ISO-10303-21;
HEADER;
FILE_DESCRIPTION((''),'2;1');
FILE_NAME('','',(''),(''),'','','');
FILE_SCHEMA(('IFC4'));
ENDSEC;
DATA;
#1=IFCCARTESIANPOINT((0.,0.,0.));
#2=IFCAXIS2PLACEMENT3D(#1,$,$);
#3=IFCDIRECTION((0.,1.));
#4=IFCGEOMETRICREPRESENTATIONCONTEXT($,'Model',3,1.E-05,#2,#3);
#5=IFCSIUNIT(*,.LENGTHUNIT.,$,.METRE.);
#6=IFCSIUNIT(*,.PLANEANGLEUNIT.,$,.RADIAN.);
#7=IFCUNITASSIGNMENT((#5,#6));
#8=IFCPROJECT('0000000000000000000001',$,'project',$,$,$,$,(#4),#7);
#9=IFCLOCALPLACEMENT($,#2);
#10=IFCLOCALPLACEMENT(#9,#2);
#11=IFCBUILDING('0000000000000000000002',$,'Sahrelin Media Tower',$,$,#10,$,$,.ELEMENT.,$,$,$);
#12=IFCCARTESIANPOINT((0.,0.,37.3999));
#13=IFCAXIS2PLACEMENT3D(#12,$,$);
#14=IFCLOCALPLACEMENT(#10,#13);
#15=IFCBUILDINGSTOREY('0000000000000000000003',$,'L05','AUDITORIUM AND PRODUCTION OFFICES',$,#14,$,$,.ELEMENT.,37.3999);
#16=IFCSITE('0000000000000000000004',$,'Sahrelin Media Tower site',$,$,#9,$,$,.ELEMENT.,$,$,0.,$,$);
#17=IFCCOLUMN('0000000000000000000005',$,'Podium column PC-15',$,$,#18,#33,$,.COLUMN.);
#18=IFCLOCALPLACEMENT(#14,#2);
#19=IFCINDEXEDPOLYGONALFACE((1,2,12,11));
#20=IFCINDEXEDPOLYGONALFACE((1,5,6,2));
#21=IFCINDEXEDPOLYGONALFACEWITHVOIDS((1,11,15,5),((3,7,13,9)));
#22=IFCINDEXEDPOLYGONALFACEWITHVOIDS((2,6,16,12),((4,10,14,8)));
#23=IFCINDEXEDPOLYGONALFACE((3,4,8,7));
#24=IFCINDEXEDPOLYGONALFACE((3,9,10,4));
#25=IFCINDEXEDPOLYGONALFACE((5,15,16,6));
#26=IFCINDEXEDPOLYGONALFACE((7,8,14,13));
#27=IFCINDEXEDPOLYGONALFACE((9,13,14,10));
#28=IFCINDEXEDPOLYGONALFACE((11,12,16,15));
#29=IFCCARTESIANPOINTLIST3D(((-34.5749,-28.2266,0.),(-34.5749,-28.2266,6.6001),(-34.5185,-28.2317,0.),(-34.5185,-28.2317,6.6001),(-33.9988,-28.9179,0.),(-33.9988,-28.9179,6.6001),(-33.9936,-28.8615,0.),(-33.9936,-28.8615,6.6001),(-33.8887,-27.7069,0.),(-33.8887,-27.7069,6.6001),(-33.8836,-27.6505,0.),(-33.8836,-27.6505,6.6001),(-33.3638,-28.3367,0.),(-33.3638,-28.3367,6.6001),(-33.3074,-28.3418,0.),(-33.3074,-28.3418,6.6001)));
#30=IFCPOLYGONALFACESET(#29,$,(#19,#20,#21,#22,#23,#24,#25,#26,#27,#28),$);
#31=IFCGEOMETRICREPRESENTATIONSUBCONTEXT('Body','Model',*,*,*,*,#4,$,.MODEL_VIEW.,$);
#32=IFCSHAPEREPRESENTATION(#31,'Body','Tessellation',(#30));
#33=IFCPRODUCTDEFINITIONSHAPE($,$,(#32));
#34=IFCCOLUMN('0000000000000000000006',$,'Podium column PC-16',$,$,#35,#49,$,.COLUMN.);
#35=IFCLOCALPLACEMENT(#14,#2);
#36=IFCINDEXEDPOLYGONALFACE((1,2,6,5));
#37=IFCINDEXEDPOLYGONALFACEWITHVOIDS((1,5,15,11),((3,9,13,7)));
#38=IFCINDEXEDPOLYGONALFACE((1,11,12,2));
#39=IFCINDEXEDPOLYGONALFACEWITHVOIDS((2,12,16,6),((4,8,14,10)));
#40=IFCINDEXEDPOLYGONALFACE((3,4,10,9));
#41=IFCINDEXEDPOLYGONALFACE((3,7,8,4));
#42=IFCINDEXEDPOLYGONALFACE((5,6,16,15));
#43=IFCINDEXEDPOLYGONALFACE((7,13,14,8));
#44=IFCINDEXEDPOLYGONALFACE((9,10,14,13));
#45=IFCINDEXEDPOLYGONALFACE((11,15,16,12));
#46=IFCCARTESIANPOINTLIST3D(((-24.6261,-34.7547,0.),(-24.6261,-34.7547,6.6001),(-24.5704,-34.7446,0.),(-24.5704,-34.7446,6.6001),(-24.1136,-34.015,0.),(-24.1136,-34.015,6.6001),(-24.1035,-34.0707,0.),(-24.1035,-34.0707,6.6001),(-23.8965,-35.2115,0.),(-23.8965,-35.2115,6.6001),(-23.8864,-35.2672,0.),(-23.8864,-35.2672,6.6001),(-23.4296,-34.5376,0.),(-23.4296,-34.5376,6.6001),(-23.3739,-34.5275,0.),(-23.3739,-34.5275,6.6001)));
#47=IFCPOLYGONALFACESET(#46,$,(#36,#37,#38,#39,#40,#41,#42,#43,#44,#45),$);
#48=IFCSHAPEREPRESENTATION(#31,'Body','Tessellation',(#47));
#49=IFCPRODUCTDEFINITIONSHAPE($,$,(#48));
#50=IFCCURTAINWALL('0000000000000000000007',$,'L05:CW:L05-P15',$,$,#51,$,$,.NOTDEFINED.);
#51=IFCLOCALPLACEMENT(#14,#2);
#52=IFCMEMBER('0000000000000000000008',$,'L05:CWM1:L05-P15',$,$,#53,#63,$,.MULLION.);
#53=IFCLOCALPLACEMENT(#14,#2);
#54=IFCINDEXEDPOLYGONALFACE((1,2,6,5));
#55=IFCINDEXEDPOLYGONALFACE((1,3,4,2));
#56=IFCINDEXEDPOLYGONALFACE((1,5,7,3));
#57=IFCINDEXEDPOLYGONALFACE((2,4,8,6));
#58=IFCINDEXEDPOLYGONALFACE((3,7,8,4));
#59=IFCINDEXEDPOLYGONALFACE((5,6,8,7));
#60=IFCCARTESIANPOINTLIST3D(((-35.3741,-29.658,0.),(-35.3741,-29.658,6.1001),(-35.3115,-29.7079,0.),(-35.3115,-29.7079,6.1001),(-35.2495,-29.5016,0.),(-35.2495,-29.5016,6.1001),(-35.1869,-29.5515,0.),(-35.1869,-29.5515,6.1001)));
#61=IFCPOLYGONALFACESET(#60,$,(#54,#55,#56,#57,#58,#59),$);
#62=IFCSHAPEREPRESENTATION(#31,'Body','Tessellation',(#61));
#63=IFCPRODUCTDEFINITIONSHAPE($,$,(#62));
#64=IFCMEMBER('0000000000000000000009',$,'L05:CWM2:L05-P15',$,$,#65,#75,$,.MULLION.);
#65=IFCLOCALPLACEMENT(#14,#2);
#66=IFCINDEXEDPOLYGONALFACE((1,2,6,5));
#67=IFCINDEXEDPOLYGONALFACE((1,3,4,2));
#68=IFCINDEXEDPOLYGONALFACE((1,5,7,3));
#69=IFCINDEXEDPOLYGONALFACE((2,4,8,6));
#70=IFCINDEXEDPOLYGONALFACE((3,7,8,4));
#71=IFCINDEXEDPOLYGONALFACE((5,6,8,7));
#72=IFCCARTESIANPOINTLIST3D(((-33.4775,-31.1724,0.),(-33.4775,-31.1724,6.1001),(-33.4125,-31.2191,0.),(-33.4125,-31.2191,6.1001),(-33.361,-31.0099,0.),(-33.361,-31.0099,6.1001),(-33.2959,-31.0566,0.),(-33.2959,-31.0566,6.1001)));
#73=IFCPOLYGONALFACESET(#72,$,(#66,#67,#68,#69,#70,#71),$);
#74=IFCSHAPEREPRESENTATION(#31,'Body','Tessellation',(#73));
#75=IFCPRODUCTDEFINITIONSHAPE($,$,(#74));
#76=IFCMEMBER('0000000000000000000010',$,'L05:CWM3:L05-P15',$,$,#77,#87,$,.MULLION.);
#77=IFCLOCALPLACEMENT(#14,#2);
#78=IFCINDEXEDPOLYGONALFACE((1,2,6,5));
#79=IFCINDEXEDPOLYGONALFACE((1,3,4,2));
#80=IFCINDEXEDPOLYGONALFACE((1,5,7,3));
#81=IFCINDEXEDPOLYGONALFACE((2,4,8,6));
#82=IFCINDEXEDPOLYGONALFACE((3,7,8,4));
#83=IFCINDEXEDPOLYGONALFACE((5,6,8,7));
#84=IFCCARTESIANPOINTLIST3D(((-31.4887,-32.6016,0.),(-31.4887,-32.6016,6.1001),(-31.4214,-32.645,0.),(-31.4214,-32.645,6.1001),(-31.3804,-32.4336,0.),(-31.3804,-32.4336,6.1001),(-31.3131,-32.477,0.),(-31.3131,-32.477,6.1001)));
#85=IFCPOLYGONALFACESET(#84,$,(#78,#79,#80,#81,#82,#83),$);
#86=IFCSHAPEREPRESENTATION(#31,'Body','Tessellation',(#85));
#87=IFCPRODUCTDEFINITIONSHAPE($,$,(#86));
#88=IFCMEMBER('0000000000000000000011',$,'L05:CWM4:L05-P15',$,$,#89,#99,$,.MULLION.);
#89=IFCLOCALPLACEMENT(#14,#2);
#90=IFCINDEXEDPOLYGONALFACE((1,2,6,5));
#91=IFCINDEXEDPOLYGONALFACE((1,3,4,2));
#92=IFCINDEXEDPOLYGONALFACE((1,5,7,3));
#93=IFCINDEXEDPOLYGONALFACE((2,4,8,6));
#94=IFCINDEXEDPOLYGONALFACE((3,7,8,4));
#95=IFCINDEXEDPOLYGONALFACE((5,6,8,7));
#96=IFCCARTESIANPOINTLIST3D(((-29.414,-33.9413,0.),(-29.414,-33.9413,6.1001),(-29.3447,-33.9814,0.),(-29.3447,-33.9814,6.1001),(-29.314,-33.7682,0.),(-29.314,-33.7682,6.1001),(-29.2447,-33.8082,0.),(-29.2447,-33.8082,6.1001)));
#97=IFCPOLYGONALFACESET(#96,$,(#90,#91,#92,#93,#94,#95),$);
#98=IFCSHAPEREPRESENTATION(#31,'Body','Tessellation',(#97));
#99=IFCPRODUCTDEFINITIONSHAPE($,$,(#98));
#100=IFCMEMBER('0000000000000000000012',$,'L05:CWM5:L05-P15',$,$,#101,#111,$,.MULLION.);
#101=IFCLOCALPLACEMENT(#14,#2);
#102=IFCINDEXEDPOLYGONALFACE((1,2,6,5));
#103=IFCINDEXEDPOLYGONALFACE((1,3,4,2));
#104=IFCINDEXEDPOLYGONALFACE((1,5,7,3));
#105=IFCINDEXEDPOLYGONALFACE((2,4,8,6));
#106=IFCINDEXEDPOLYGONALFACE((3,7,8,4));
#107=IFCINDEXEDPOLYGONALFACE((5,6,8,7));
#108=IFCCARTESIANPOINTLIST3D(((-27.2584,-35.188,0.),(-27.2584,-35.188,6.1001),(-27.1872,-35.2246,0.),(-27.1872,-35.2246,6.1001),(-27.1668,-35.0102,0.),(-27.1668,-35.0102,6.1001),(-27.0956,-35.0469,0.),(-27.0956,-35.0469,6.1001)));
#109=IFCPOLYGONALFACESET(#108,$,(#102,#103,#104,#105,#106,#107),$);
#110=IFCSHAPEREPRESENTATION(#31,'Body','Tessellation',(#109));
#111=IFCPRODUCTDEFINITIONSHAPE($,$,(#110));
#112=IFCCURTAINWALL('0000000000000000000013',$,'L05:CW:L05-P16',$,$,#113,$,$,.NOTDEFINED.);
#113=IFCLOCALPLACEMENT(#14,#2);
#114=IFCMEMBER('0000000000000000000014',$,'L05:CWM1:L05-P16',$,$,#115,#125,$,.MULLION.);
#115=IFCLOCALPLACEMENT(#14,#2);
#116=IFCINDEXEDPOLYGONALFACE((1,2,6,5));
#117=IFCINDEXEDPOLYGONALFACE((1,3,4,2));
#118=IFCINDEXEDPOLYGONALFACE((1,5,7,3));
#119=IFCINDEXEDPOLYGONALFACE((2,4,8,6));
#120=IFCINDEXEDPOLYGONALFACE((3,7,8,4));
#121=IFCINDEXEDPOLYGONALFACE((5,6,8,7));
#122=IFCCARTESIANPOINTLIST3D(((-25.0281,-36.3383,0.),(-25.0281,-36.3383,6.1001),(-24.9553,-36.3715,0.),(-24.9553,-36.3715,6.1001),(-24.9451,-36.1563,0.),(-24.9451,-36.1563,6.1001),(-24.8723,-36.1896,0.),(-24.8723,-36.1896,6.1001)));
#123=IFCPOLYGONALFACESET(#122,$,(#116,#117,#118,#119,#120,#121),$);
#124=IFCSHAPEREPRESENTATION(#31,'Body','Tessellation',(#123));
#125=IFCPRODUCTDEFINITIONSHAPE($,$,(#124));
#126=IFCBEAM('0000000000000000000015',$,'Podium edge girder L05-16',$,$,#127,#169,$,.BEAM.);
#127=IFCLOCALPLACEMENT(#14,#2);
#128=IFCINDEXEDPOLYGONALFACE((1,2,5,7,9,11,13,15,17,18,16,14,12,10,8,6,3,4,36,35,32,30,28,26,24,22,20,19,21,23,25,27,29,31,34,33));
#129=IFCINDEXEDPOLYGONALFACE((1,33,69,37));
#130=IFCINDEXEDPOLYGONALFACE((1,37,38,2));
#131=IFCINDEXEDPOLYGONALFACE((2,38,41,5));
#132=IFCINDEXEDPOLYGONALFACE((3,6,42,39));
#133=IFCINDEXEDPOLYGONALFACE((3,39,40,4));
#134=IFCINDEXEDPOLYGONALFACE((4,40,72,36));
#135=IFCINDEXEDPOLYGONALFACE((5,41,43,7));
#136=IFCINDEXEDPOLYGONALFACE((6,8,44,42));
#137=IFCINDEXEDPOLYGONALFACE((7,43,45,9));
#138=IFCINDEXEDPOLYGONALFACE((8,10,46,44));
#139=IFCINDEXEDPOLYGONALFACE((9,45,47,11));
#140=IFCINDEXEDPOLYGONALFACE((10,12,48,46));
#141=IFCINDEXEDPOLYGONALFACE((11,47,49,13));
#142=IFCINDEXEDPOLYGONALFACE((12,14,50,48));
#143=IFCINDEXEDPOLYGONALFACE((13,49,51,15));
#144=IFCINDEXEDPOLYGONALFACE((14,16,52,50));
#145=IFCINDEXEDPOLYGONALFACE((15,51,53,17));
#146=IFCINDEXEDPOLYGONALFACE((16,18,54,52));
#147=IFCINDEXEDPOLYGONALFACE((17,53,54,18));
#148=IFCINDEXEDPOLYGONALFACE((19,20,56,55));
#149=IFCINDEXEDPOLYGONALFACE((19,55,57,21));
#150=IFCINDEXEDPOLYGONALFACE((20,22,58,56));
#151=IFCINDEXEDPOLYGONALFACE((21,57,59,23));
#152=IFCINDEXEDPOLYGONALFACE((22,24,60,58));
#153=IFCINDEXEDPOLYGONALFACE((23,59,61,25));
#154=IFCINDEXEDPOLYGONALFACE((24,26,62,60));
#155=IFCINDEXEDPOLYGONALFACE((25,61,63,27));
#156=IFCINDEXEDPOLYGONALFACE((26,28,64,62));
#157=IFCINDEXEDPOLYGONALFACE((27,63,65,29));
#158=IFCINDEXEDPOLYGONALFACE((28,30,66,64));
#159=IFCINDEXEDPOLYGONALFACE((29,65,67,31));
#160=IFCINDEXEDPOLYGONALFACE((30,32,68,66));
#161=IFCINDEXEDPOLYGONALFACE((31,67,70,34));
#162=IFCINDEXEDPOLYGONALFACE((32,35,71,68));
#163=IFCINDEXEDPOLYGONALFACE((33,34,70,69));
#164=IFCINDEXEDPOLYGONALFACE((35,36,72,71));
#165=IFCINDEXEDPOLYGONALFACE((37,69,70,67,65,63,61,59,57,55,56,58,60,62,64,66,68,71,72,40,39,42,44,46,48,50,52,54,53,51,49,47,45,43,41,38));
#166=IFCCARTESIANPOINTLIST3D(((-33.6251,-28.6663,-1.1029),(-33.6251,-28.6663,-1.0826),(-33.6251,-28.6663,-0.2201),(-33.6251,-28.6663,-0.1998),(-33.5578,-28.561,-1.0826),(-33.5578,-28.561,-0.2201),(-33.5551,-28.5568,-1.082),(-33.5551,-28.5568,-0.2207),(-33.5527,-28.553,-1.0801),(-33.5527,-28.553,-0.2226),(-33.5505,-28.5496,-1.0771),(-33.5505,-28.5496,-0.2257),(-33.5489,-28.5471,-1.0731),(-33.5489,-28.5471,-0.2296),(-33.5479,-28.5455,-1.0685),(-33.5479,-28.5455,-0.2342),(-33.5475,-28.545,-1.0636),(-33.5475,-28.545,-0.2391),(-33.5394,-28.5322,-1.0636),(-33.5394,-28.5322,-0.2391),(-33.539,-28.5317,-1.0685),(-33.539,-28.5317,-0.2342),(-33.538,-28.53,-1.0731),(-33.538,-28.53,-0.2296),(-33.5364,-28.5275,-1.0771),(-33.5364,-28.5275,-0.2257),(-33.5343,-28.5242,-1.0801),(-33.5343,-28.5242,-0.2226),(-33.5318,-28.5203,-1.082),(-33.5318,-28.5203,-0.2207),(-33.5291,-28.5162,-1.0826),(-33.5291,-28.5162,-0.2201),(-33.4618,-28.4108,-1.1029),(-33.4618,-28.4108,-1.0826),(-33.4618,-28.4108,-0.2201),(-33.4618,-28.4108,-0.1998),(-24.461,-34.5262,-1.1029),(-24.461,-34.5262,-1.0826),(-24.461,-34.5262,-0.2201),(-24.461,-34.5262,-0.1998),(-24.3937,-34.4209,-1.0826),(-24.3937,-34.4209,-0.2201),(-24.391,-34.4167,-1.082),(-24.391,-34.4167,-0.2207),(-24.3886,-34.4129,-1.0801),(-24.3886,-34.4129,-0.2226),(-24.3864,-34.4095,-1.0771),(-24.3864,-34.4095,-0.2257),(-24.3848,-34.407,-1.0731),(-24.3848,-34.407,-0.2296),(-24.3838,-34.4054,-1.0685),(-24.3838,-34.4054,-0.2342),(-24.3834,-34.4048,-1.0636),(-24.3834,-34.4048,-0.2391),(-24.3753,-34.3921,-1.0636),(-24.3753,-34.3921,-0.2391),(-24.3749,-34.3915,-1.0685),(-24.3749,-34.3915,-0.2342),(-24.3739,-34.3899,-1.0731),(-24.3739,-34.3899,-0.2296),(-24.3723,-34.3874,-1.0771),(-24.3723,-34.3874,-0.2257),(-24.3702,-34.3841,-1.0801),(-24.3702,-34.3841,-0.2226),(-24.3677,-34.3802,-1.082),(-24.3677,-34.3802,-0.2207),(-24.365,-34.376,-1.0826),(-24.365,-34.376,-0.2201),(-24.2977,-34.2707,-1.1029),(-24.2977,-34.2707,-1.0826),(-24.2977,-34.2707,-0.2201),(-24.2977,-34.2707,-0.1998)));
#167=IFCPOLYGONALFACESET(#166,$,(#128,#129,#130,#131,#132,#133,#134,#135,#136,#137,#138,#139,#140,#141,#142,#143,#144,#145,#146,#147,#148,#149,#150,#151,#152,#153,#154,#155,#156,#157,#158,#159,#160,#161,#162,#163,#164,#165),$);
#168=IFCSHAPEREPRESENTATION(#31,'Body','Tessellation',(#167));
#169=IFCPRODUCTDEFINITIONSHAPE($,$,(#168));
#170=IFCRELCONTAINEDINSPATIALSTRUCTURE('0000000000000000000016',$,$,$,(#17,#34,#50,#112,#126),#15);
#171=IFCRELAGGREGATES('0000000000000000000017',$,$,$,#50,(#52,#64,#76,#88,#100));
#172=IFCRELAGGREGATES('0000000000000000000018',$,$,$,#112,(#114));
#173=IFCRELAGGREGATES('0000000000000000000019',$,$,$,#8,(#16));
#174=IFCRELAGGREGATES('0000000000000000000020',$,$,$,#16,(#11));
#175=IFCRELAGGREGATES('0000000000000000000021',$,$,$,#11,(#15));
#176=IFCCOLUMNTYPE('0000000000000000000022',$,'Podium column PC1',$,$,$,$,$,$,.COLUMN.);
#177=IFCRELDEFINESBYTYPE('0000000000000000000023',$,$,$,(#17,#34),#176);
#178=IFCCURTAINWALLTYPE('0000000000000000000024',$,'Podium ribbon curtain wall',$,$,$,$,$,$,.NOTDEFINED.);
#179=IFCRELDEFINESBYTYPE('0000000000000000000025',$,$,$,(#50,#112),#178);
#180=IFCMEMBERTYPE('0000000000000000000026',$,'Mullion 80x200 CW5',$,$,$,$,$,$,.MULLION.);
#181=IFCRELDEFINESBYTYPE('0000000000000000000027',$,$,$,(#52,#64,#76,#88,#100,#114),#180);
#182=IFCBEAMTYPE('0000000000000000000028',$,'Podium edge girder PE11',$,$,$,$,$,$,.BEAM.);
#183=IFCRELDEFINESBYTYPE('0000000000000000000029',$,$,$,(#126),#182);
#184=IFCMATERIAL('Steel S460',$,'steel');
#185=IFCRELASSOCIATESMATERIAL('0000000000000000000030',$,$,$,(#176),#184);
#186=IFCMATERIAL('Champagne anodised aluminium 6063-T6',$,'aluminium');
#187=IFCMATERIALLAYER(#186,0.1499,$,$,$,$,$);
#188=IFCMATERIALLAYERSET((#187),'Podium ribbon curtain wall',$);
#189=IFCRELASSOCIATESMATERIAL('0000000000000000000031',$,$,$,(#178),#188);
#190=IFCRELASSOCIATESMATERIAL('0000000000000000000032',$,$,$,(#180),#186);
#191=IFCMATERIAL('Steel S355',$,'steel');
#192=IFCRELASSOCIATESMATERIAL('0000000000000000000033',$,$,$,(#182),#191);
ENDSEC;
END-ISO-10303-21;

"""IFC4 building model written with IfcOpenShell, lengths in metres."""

from ifc_helpers import new_model, si_unit, direction, frame, origin, origin_2d, place, context, subcontext, project, spatial, rectangle, hollow_rectangle, i_section, extrude, material, layer, layer_set, material_profile, profile_set, type_object, element, aggregate, save


model = new_model("IFC4")

# Units and contexts
model_context = context("Model", 3, precision=1e-05, world=origin(), true_north=direction((0.0, 1.0)))
body_context = subcontext(model_context, "Body", "Model", "MODEL_VIEW")
ifc_project = project(units=[si_unit("LENGTHUNIT", "METRE"), si_unit("PLANEANGLEUNIT", "RADIAN")], contexts=[model_context])

# Site, building, storey
site_placement = place(None, origin())
site = spatial("IfcSite", under=ifc_project, at=site_placement, Name="Sahrelin Media Tower site", CompositionType="ELEMENT", RefElevation=0.0)
building_placement = place(site_placement, origin())
building = spatial("IfcBuilding", under=site, at=building_placement, Name="Sahrelin Media Tower", CompositionType="ELEMENT")
storey_placement = place(building_placement, frame((0.0, 0.0, 37.3999)))
storey = spatial("IfcBuildingStorey", under=building, at=storey_placement, Name="L05", Description="AUDITORIUM AND PRODUCTION OFFICES", CompositionType="ELEMENT", Elevation=37.3999)

# Columns
ifc_material_1 = material(Name="Steel S460", Category="steel")
ifc_material_profile_1 = material_profile(ifc_material_1, hollow_rectangle(XDim=0.8999, YDim=0.8999, WallThickness=0.04, at=origin_2d()), Name="Podium column PC1")
ifc_profile_set_1 = profile_set([ifc_material_profile_1], Name="Steel S460")
column_type = type_object("IfcColumnType", Name="Podium column PC1", PredefinedType="COLUMN", material=ifc_profile_set_1)
for number, where, z_axis, x_axis, name in (
    (1, (-33.9412, -28.2842, 0.0), (0.0, 0.0, 1.0), (-0.768221, -0.640185, 0.0), "Podium column PC-15"),
    (2, (-24.0, -34.6411, 0.0), (0.0, 0.0, 1.0), (-0.569495, -0.821995, 0.0), "Podium column PC-16"),
):
    element("IfcColumn", number, at=place(storey_placement, frame(where, z_axis=z_axis, x_axis=x_axis)), inside=storey, type_object=column_type, Name=name, PredefinedType="COLUMN", context=body_context, shape_type="SweptSolid", body=[
        extrude(hollow_rectangle(XDim=0.8999, YDim=0.8999, WallThickness=0.04, at=origin_2d()), origin(), (0.0, 0.0, 1.0), 6.6001),
    ])

# Curtain wall, members
ifc_material_2 = material(Name="Champagne anodised aluminium 6063-T6", Category="aluminium")
ifc_layer_1 = layer(ifc_material_2, 0.1499)
ifc_layer_set_1 = layer_set([ifc_layer_1], Name="Podium ribbon curtain wall")
curtain_wall_type = type_object("IfcCurtainWallType", Name="Podium ribbon curtain wall", PredefinedType="NOTDEFINED", material=ifc_layer_set_1)
curtain_wall_1_placement = place(storey_placement, frame((-35.3552, -29.6985, 0.0), z_axis=(0.0, 0.0, 1.0), x_axis=(1.0, 0.0, 0.0)))
curtain_wall_1 = element("IfcCurtainWall", 3, at=curtain_wall_1_placement, inside=storey, type_object=curtain_wall_type, Name="L05:CW:L05-P15", PredefinedType="NOTDEFINED")
ifc_material_profile_2 = material_profile(ifc_material_2, rectangle(XDim=0.0801, YDim=0.2, at=origin_2d()), Name="Mullion 80x200")
ifc_profile_set_2 = profile_set([ifc_material_profile_2], Name="Champagne anodised aluminium 6063-T6")
member_type_1 = type_object("IfcMemberType", Name="Mullion 80x200 CW5", PredefinedType="MULLION", material=ifc_profile_set_2)
member_1_placement = place(storey_placement, frame((-35.2805, -29.6047, 0.0), z_axis=(0.0, 0.0, 1.0), x_axis=(0.78196, -0.623328, 0.0)))
member_1 = element("IfcMember", 4, at=member_1_placement, type_object=member_type_1, Name="L05:CWM1:L05-P15", PredefinedType="MULLION", context=body_context, shape_type="SweptSolid", body=[
    extrude(rectangle(XDim=0.0801, YDim=0.2, at=origin_2d()), origin(), (0.0, 0.0, 1.0), 6.1001),
])
member_2_placement = place(storey_placement, frame((-33.3867, -31.1145, 0.0), z_axis=(0.0, 0.0, 1.0), x_axis=(0.812532, -0.582916, 0.0)))
member_2 = element("IfcMember", 5, at=member_2_placement, type_object=member_type_1, Name="L05:CWM2:L05-P15", PredefinedType="MULLION", context=body_context, shape_type="SweptSolid", body=[
    extrude(rectangle(XDim=0.0801, YDim=0.2, at=origin_2d()), origin(), (0.0, 0.0, 1.0), 6.1001),
])
member_3_placement = place(storey_placement, frame((-31.4009, -32.5393, 0.0), z_axis=(0.0, 0.0, 1.0), x_axis=(0.840519, -0.541782, 0.0)))
member_3 = element("IfcMember", 6, at=member_3_placement, type_object=member_type_1, Name="L05:CWM3:L05-P15", PredefinedType="MULLION", context=body_context, shape_type="SweptSolid", body=[
    extrude(rectangle(XDim=0.0801, YDim=0.2, at=origin_2d()), origin(), (0.0, 0.0, 1.0), 6.1001),
])
member_4_placement = place(storey_placement, frame((-29.3293, -33.8748, 0.0), z_axis=(0.0, 0.0, 1.0), x_axis=(0.866029, -0.499994, 0.0)))
member_4 = element("IfcMember", 7, at=member_4_placement, type_object=member_type_1, Name="L05:CWM4:L05-P15", PredefinedType="MULLION", context=body_context, shape_type="SweptSolid", body=[
    extrude(rectangle(XDim=0.0801, YDim=0.2, at=origin_2d()), origin(), (0.0, 0.0, 1.0), 6.1001),
])
member_5_placement = place(storey_placement, frame((-27.177, -35.1174, 0.0), z_axis=(0.0, 0.0, 1.0), x_axis=(0.889123, -0.457668, 0.0)))
member_5 = element("IfcMember", 8, at=member_5_placement, type_object=member_type_1, Name="L05:CWM5:L05-P15", PredefinedType="MULLION", context=body_context, shape_type="SweptSolid", body=[
    extrude(rectangle(XDim=0.0801, YDim=0.2, at=origin_2d()), origin(), (0.0, 0.0, 1.0), 6.1001),
])

# Curtain wall, member
curtain_wall_2_placement = place(storey_placement, frame((-25.0, -36.373, 0.0), z_axis=(0.0, 0.0, 1.0), x_axis=(1.0, 0.0, 0.0)))
curtain_wall_2 = element("IfcCurtainWall", 9, at=curtain_wall_2_placement, inside=storey, type_object=curtain_wall_type, Name="L05:CW:L05-P16", PredefinedType="NOTDEFINED")
member_6_placement = place(storey_placement, frame((-24.9502, -36.2639, 0.0), z_axis=(0.0, 0.0, 1.0), x_axis=(0.909842, -0.414955, 0.0)))
member_6 = element("IfcMember", 10, at=member_6_placement, type_object=member_type_1, Name="L05:CWM1:L05-P16", PredefinedType="MULLION", context=body_context, shape_type="SweptSolid", body=[
    extrude(rectangle(XDim=0.0801, YDim=0.2, at=origin_2d()), origin(), (0.0, 0.0, 1.0), 6.1001),
])

# Beam
ifc_material_3 = material(Name="Steel S355", Category="steel")
ifc_material_profile_3 = material_profile(ifc_material_3, i_section(OverallWidth=0.3032, OverallDepth=0.9031, WebThickness=0.0151, FlangeThickness=0.0203, FilletRadius=0.019, at=origin_2d()), Name="UB 914x305x201")
ifc_profile_set_3 = profile_set([ifc_material_profile_3], Name="Steel S355")
beam_type = type_object("IfcBeamType", Name="Podium edge girder PE11", PredefinedType="BEAM", material=ifc_profile_set_3)
beam_1_placement = place(storey_placement, frame((-33.5435, -28.5386, -0.6514), z_axis=(0.842486, -0.538719, 0.0), x_axis=(0.538719, 0.842486, 0.0)))
element("IfcBeam", 11, at=beam_1_placement, inside=storey, type_object=beam_type, Name="Podium edge girder L05-16", PredefinedType="BEAM", context=body_context, shape_type="SweptSolid", body=[
    extrude(i_section(OverallWidth=0.3032, OverallDepth=0.9031, WebThickness=0.0151, FlangeThickness=0.0203, FilletRadius=0.019, at=origin_2d()), origin(), (0.0, 0.0, 1.0), 10.8774),
])

aggregate(curtain_wall_1, [member_1, member_2, member_3, member_4, member_5])
aggregate(curtain_wall_2, [member_6])

save(model, "model.ifc")
